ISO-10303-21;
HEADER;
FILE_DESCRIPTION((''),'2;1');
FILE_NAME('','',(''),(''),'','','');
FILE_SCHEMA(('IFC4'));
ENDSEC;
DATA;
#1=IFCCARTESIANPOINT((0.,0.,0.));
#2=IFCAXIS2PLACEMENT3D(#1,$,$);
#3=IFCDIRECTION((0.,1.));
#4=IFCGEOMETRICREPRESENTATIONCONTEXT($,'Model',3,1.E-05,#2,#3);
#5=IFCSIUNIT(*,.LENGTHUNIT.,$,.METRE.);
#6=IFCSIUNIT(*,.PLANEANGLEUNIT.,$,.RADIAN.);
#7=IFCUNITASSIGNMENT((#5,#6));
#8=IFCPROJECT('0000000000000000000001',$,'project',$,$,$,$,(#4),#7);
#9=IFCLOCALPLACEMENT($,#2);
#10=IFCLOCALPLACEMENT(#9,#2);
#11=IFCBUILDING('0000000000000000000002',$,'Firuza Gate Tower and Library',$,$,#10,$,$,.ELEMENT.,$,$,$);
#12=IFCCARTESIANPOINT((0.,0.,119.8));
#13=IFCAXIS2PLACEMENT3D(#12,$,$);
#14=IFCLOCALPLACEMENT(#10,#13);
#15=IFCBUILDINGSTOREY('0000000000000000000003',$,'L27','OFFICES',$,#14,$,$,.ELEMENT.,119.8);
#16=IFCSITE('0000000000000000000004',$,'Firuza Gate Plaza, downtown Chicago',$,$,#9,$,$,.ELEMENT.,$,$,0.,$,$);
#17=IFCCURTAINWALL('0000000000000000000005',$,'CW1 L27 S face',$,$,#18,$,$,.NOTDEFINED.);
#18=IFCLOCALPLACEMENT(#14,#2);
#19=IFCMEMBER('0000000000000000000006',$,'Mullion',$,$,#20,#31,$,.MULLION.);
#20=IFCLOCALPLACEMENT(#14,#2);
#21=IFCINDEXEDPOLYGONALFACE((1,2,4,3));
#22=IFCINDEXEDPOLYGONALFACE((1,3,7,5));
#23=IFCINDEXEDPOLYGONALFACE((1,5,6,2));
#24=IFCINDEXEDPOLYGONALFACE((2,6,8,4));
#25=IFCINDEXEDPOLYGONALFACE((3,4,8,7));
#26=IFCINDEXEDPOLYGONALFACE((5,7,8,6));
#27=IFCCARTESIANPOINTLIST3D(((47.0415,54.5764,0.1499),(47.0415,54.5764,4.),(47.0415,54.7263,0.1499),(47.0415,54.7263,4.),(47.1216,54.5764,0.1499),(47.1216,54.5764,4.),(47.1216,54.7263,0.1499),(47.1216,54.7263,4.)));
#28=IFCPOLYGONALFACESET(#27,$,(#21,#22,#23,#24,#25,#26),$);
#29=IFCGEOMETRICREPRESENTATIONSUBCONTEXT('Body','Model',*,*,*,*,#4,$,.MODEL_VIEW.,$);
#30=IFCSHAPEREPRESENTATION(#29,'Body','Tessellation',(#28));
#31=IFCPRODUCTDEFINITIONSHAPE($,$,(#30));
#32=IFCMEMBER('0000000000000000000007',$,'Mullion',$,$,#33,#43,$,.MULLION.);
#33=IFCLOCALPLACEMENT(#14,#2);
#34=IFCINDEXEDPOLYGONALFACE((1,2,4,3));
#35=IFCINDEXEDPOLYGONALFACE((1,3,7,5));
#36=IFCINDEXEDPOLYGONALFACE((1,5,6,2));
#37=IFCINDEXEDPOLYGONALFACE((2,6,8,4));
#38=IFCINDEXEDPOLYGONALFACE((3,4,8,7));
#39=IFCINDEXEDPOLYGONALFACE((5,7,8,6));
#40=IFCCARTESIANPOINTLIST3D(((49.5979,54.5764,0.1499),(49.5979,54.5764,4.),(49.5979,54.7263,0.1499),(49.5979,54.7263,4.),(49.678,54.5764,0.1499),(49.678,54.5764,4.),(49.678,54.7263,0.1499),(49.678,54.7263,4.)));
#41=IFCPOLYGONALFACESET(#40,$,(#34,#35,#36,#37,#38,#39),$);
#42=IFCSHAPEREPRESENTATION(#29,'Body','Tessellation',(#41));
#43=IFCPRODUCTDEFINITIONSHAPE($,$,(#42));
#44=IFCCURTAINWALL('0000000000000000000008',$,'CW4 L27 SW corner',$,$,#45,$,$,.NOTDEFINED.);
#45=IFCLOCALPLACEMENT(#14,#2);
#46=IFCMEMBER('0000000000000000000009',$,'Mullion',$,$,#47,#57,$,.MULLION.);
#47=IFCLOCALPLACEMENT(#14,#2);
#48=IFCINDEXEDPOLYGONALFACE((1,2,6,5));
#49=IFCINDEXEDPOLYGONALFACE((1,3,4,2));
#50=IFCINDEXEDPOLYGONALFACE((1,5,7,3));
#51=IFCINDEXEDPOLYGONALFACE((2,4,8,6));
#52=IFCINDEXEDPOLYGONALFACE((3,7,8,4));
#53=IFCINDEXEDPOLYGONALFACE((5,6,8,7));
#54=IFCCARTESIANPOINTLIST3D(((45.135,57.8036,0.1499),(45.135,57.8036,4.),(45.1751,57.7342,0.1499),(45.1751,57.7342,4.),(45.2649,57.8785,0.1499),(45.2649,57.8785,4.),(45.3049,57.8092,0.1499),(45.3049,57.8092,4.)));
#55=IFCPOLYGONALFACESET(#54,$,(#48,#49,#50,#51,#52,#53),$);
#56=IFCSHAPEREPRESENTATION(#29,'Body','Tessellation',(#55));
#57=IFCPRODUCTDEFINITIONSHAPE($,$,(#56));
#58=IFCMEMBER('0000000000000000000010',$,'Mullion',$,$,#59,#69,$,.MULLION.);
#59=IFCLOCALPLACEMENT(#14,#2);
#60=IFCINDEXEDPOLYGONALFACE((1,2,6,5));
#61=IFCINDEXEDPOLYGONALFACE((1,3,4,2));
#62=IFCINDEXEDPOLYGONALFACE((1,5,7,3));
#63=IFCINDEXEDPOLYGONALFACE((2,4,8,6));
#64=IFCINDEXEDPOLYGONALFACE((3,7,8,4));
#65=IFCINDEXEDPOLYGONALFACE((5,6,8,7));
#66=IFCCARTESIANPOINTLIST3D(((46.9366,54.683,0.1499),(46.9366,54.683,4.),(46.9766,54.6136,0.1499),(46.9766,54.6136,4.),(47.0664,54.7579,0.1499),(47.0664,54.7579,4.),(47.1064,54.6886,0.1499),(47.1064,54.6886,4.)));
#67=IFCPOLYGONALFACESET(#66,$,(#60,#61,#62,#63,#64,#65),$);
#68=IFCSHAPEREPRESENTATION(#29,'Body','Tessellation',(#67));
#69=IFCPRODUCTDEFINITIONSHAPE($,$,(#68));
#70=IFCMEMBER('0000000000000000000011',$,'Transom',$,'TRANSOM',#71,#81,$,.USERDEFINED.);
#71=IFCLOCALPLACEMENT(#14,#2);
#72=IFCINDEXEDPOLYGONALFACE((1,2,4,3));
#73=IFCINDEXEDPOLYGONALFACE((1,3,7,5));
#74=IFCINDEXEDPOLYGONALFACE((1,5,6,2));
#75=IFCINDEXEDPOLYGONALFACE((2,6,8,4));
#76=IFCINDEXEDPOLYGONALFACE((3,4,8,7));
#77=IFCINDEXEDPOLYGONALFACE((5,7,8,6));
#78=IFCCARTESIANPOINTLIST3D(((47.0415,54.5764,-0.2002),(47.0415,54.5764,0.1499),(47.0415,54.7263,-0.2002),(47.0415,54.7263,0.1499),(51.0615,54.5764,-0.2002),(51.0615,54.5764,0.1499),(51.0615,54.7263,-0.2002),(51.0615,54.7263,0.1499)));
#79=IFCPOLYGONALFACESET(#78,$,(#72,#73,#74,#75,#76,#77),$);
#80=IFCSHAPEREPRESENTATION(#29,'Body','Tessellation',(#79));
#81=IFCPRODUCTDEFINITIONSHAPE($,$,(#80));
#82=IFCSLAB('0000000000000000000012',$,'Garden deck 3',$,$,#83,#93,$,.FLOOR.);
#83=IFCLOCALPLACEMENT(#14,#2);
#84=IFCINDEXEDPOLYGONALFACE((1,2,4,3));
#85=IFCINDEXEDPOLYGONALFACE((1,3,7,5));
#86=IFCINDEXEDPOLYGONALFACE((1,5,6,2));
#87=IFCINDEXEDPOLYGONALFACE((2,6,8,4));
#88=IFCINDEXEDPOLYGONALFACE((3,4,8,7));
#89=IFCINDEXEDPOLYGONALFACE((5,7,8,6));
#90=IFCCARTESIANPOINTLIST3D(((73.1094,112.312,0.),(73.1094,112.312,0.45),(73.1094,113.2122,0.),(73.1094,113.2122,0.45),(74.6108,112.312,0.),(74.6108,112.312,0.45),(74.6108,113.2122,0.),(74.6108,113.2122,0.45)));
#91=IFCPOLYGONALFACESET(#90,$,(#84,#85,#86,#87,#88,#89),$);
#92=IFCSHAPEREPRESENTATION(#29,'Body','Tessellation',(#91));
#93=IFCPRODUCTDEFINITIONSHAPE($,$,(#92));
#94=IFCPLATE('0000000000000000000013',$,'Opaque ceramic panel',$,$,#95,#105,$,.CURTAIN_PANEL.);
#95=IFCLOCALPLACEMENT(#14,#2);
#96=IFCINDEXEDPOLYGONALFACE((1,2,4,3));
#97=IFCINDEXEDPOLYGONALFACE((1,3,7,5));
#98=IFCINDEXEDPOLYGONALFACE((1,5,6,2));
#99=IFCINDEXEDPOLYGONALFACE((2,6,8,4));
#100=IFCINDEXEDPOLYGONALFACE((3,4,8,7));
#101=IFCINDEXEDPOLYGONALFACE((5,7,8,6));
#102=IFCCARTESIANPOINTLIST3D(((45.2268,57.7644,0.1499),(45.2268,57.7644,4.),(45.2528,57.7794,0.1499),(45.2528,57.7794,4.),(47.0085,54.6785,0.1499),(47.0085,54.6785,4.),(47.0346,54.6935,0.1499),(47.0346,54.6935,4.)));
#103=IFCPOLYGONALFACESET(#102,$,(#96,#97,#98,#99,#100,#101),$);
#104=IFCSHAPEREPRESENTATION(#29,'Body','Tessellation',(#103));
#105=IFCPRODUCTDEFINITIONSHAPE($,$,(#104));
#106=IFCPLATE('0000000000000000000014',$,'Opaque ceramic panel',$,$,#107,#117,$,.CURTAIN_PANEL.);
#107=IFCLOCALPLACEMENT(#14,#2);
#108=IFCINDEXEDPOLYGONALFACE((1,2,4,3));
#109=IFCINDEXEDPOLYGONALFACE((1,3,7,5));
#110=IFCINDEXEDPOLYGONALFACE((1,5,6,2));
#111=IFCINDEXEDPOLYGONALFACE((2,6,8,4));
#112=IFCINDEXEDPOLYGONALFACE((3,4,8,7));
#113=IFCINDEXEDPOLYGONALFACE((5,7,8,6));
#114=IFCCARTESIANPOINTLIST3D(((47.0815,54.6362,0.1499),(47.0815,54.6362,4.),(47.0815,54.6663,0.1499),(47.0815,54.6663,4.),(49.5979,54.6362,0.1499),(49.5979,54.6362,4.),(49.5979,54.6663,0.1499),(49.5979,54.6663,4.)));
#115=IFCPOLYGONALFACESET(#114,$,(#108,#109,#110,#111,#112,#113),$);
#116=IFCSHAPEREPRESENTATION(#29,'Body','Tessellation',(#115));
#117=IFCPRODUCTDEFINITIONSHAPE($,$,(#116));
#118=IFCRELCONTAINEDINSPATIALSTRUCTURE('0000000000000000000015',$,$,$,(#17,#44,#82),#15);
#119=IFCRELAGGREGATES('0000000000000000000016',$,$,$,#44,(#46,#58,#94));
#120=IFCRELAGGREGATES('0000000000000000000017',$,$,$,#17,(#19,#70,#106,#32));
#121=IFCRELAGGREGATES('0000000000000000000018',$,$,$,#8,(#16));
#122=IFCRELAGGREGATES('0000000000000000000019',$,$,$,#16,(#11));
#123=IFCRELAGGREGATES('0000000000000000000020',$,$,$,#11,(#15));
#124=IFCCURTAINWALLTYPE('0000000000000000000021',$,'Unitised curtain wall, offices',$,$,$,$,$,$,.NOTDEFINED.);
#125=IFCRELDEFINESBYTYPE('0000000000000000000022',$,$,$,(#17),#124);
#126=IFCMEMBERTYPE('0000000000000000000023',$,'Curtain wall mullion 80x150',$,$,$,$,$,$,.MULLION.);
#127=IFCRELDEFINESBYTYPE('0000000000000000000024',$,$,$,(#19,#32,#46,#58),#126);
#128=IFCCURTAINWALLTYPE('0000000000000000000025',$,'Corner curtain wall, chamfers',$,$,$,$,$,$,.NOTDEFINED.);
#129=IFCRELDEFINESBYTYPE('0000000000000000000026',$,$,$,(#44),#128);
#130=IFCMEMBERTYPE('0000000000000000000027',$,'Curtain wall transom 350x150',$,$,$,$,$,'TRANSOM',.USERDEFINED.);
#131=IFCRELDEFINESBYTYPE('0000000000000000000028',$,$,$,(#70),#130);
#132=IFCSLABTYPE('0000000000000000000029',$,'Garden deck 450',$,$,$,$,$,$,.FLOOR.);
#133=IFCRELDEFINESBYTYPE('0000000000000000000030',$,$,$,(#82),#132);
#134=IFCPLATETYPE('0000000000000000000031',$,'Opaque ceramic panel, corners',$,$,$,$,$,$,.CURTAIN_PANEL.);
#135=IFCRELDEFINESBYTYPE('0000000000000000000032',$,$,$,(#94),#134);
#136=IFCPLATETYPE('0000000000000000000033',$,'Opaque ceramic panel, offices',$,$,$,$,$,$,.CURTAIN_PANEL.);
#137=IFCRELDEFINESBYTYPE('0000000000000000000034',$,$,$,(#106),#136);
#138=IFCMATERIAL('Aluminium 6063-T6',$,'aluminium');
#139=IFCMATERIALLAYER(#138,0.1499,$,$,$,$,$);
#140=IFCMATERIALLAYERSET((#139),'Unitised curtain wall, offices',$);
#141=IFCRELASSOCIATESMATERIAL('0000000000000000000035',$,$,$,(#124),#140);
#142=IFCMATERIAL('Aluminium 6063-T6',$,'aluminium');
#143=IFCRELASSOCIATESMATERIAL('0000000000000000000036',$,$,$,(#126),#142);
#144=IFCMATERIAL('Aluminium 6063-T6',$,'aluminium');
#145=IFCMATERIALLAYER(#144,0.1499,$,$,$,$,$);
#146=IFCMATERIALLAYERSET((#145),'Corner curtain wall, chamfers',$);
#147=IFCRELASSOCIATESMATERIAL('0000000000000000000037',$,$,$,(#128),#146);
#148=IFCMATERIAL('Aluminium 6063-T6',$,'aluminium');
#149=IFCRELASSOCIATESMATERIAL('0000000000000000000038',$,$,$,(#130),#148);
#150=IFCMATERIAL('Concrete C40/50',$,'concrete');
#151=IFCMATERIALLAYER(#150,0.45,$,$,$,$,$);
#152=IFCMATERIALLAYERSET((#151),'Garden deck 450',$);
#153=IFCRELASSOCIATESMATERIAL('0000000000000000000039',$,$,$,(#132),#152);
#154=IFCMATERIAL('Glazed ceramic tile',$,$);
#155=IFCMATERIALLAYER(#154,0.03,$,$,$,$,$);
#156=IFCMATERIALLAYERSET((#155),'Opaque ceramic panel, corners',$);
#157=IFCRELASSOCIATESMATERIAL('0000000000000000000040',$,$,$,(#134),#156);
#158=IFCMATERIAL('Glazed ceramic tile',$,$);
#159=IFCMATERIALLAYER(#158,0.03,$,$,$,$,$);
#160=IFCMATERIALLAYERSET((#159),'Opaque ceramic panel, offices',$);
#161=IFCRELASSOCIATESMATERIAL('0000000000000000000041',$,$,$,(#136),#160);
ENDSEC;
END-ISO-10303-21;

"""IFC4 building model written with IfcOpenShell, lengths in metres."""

from ifc_helpers import new_model, si_unit, direction, frame, origin, origin_2d, place, context, subcontext, project, spatial, polyline, rectangle, outline, extrude, material, layer, layer_set, material_profile, profile_set, type_object, element, aggregate, save


model = new_model("IFC4")

# Units and contexts
model_context = context("Model", 3, precision=1e-05, world=origin(), true_north=direction((0.0, 1.0)))
body_context = subcontext(model_context, "Body", "Model", "MODEL_VIEW")
ifc_project = project(units=[si_unit("LENGTHUNIT", "METRE"), si_unit("PLANEANGLEUNIT", "RADIAN")], contexts=[model_context])

# Site, building, storey
site_placement = place(None, origin())
site = spatial("IfcSite", under=ifc_project, at=site_placement, Name="Firuza Gate Plaza, downtown Chicago", CompositionType="ELEMENT", RefElevation=0.0)
building_placement = place(site_placement, origin())
building = spatial("IfcBuilding", under=site, at=building_placement, Name="Firuza Gate Tower and Library", CompositionType="ELEMENT")
storey_placement = place(building_placement, frame((0.0, 0.0, 119.8)))
storey = spatial("IfcBuildingStorey", under=building, at=storey_placement, Name="L27", Description="OFFICES", CompositionType="ELEMENT", Elevation=119.8)

# Curtain walls, members
ifc_material_1 = material(Name="Aluminium 6063-T6", Category="aluminium")
ifc_layer_1 = layer(ifc_material_1, 0.1499)
ifc_layer_set_1 = layer_set([ifc_layer_1], Name="Unitised curtain wall, offices")
curtain_wall_type_1 = type_object("IfcCurtainWallType", Name="Unitised curtain wall, offices", PredefinedType="NOTDEFINED", material=ifc_layer_set_1)
placement_1 = place(storey_placement, origin())
curtain_wall_1 = element("IfcCurtainWall", 1, at=placement_1, inside=storey, type_object=curtain_wall_type_1, Name="CW1 L27 S face", PredefinedType="NOTDEFINED")
ifc_material_2 = material(Name="Aluminium 6063-T6", Category="aluminium")
ifc_material_profile_1 = material_profile(ifc_material_2, rectangle(XDim=0.1499, YDim=0.0801, at=origin_2d()))
ifc_profile_set_1 = profile_set([ifc_material_profile_1], Name="Aluminium 6063-T6")
member_type_1 = type_object("IfcMemberType", Name="Curtain wall mullion 80x150", PredefinedType="MULLION", material=ifc_profile_set_1)
member_1_placement = place(storey_placement, frame((47.0815, 54.6514, 0.1499), z_axis=(0.0, 0.0, 1.0), x_axis=(0.0, 1.0, 0.0)))
member_1 = element("IfcMember", 2, at=member_1_placement, type_object=member_type_1, Name="Mullion", PredefinedType="MULLION", context=body_context, shape_type="SweptSolid", body=[
    extrude(rectangle(XDim=0.1499, YDim=0.0801, at=origin_2d()), origin(), (0.0, 0.0, 1.0), 3.8501),
])
member_2_placement = place(storey_placement, frame((49.6379, 54.6514, 0.1499), z_axis=(0.0, 0.0, 1.0), x_axis=(0.0, 1.0, 0.0)))
member_2 = element("IfcMember", 3, at=member_2_placement, type_object=member_type_1, Name="Mullion", PredefinedType="MULLION", context=body_context, shape_type="SweptSolid", body=[
    extrude(rectangle(XDim=0.1499, YDim=0.0801, at=origin_2d()), origin(), (0.0, 0.0, 1.0), 3.8501),
])
ifc_material_3 = material(Name="Aluminium 6063-T6", Category="aluminium")
ifc_layer_2 = layer(ifc_material_3, 0.1499)
ifc_layer_set_2 = layer_set([ifc_layer_2], Name="Corner curtain wall, chamfers")
curtain_wall_type_2 = type_object("IfcCurtainWallType", Name="Corner curtain wall, chamfers", PredefinedType="NOTDEFINED", material=ifc_layer_set_2)
curtain_wall_2 = element("IfcCurtainWall", 4, at=placement_1, inside=storey, type_object=curtain_wall_type_2, Name="CW4 L27 SW corner", PredefinedType="NOTDEFINED")
member_3_placement = place(storey_placement, frame((45.22, 57.8064, 0.1499), z_axis=(0.0, 0.0, 1.0), x_axis=(0.866025, 0.5, 0.0)))
member_3 = element("IfcMember", 5, at=member_3_placement, type_object=member_type_1, Name="Mullion", PredefinedType="MULLION", context=body_context, shape_type="SweptSolid", body=[
    extrude(rectangle(XDim=0.1499, YDim=0.0801, at=origin_2d()), origin(), (0.0, 0.0, 1.0), 3.8501),
])
member_4_placement = place(storey_placement, frame((47.0215, 54.6858, 0.1499), z_axis=(0.0, 0.0, 1.0), x_axis=(0.866025, 0.5, 0.0)))
member_4 = element("IfcMember", 6, at=member_4_placement, type_object=member_type_1, Name="Mullion", PredefinedType="MULLION", context=body_context, shape_type="SweptSolid", body=[
    extrude(rectangle(XDim=0.1499, YDim=0.0801, at=origin_2d()), origin(), (0.0, 0.0, 1.0), 3.8501),
])

# Member
ifc_material_4 = material(Name="Aluminium 6063-T6", Category="aluminium")
ifc_material_profile_2 = material_profile(ifc_material_4, rectangle(XDim=0.1499, YDim=0.3501, at=origin_2d()))
ifc_profile_set_2 = profile_set([ifc_material_profile_2], Name="Aluminium 6063-T6")
member_type_2 = type_object("IfcMemberType", Name="Curtain wall transom 350x150", ElementType="TRANSOM", PredefinedType="USERDEFINED", material=ifc_profile_set_2)
member_5_placement = place(storey_placement, frame((47.0415, 54.6514, -0.0251), z_axis=(1.0, 0.0, 0.0), x_axis=(0.0, 1.0, 0.0)))
member_5 = element("IfcMember", 7, at=member_5_placement, type_object=member_type_2, Name="Transom", ObjectType="TRANSOM", PredefinedType="USERDEFINED", context=body_context, shape_type="SweptSolid", body=[
    extrude(rectangle(XDim=0.1499, YDim=0.3501, at=origin_2d()), origin(), (0.0, 0.0, 1.0), 4.02),
])

# Slab
ifc_material_5 = material(Name="Concrete C40/50", Category="concrete")
ifc_layer_3 = layer(ifc_material_5, 0.45)
ifc_layer_set_3 = layer_set([ifc_layer_3], Name="Garden deck 450")
slab_type_1 = type_object("IfcSlabType", Name="Garden deck 450", PredefinedType="FLOOR", material=ifc_layer_set_3)
element("IfcSlab", 8, at=placement_1, inside=storey, type_object=slab_type_1, Name="Garden deck 3", PredefinedType="FLOOR", context=body_context, shape_type="SweptSolid", body=[
    extrude(outline(polyline([(74.6108, 113.2122), (73.1094, 113.2122), (73.1094, 112.312), (74.6108, 112.312), (74.6108, 113.2122)])), origin(), (0.0, 0.0, 1.0), 0.45),
])

# Plates
ifc_material_6 = material(Name="Glazed ceramic tile")
ifc_layer_4 = layer(ifc_material_6, 0.03)
ifc_layer_set_4 = layer_set([ifc_layer_4], Name="Opaque ceramic panel, corners")
plate_type_1 = type_object("IfcPlateType", Name="Opaque ceramic panel, corners", PredefinedType="CURTAIN_PANEL", material=ifc_layer_set_4)
plate_1_placement = place(storey_placement, frame((45.2268, 57.7644, 0.1499), z_axis=(-0.866017, -0.500015, 0.0), x_axis=(0.500015, -0.866017, 0.0)))
plate_1 = element("IfcPlate", 9, at=plate_1_placement, type_object=plate_type_1, Name="Opaque ceramic panel", PredefinedType="CURTAIN_PANEL", context=body_context, shape_type="SweptSolid", body=[
    extrude(outline(polyline([(0.0, 0.0), (3.5634, 0.0), (3.5634, 3.8501), (0.0, 3.8501), (0.0, 0.0)])), origin(), (0.0, 0.0, -1.0), 0.03),
])
aggregate(curtain_wall_2, [member_3, member_4, plate_1])
ifc_material_7 = material(Name="Glazed ceramic tile")
ifc_layer_5 = layer(ifc_material_7, 0.03)
ifc_layer_set_5 = layer_set([ifc_layer_5], Name="Opaque ceramic panel, offices")
plate_type_2 = type_object("IfcPlateType", Name="Opaque ceramic panel, offices", PredefinedType="CURTAIN_PANEL", material=ifc_layer_set_5)
plate_2_placement = place(storey_placement, frame((47.0815, 54.6362, 0.1499), z_axis=(0.0, -1.0, 0.0), x_axis=(1.0, 0.0, 0.0)))
plate_2 = element("IfcPlate", 10, at=plate_2_placement, type_object=plate_type_2, Name="Opaque ceramic panel", PredefinedType="CURTAIN_PANEL", context=body_context, shape_type="SweptSolid", body=[
    extrude(outline(polyline([(0.0, 0.0), (2.5164, 0.0), (2.5164, 3.8501), (0.0, 3.8501), (0.0, 0.0)])), origin(), (0.0, 0.0, -1.0), 0.03),
])
aggregate(curtain_wall_1, [member_1, member_5, plate_2, member_2])

save(model, "model.ifc")
